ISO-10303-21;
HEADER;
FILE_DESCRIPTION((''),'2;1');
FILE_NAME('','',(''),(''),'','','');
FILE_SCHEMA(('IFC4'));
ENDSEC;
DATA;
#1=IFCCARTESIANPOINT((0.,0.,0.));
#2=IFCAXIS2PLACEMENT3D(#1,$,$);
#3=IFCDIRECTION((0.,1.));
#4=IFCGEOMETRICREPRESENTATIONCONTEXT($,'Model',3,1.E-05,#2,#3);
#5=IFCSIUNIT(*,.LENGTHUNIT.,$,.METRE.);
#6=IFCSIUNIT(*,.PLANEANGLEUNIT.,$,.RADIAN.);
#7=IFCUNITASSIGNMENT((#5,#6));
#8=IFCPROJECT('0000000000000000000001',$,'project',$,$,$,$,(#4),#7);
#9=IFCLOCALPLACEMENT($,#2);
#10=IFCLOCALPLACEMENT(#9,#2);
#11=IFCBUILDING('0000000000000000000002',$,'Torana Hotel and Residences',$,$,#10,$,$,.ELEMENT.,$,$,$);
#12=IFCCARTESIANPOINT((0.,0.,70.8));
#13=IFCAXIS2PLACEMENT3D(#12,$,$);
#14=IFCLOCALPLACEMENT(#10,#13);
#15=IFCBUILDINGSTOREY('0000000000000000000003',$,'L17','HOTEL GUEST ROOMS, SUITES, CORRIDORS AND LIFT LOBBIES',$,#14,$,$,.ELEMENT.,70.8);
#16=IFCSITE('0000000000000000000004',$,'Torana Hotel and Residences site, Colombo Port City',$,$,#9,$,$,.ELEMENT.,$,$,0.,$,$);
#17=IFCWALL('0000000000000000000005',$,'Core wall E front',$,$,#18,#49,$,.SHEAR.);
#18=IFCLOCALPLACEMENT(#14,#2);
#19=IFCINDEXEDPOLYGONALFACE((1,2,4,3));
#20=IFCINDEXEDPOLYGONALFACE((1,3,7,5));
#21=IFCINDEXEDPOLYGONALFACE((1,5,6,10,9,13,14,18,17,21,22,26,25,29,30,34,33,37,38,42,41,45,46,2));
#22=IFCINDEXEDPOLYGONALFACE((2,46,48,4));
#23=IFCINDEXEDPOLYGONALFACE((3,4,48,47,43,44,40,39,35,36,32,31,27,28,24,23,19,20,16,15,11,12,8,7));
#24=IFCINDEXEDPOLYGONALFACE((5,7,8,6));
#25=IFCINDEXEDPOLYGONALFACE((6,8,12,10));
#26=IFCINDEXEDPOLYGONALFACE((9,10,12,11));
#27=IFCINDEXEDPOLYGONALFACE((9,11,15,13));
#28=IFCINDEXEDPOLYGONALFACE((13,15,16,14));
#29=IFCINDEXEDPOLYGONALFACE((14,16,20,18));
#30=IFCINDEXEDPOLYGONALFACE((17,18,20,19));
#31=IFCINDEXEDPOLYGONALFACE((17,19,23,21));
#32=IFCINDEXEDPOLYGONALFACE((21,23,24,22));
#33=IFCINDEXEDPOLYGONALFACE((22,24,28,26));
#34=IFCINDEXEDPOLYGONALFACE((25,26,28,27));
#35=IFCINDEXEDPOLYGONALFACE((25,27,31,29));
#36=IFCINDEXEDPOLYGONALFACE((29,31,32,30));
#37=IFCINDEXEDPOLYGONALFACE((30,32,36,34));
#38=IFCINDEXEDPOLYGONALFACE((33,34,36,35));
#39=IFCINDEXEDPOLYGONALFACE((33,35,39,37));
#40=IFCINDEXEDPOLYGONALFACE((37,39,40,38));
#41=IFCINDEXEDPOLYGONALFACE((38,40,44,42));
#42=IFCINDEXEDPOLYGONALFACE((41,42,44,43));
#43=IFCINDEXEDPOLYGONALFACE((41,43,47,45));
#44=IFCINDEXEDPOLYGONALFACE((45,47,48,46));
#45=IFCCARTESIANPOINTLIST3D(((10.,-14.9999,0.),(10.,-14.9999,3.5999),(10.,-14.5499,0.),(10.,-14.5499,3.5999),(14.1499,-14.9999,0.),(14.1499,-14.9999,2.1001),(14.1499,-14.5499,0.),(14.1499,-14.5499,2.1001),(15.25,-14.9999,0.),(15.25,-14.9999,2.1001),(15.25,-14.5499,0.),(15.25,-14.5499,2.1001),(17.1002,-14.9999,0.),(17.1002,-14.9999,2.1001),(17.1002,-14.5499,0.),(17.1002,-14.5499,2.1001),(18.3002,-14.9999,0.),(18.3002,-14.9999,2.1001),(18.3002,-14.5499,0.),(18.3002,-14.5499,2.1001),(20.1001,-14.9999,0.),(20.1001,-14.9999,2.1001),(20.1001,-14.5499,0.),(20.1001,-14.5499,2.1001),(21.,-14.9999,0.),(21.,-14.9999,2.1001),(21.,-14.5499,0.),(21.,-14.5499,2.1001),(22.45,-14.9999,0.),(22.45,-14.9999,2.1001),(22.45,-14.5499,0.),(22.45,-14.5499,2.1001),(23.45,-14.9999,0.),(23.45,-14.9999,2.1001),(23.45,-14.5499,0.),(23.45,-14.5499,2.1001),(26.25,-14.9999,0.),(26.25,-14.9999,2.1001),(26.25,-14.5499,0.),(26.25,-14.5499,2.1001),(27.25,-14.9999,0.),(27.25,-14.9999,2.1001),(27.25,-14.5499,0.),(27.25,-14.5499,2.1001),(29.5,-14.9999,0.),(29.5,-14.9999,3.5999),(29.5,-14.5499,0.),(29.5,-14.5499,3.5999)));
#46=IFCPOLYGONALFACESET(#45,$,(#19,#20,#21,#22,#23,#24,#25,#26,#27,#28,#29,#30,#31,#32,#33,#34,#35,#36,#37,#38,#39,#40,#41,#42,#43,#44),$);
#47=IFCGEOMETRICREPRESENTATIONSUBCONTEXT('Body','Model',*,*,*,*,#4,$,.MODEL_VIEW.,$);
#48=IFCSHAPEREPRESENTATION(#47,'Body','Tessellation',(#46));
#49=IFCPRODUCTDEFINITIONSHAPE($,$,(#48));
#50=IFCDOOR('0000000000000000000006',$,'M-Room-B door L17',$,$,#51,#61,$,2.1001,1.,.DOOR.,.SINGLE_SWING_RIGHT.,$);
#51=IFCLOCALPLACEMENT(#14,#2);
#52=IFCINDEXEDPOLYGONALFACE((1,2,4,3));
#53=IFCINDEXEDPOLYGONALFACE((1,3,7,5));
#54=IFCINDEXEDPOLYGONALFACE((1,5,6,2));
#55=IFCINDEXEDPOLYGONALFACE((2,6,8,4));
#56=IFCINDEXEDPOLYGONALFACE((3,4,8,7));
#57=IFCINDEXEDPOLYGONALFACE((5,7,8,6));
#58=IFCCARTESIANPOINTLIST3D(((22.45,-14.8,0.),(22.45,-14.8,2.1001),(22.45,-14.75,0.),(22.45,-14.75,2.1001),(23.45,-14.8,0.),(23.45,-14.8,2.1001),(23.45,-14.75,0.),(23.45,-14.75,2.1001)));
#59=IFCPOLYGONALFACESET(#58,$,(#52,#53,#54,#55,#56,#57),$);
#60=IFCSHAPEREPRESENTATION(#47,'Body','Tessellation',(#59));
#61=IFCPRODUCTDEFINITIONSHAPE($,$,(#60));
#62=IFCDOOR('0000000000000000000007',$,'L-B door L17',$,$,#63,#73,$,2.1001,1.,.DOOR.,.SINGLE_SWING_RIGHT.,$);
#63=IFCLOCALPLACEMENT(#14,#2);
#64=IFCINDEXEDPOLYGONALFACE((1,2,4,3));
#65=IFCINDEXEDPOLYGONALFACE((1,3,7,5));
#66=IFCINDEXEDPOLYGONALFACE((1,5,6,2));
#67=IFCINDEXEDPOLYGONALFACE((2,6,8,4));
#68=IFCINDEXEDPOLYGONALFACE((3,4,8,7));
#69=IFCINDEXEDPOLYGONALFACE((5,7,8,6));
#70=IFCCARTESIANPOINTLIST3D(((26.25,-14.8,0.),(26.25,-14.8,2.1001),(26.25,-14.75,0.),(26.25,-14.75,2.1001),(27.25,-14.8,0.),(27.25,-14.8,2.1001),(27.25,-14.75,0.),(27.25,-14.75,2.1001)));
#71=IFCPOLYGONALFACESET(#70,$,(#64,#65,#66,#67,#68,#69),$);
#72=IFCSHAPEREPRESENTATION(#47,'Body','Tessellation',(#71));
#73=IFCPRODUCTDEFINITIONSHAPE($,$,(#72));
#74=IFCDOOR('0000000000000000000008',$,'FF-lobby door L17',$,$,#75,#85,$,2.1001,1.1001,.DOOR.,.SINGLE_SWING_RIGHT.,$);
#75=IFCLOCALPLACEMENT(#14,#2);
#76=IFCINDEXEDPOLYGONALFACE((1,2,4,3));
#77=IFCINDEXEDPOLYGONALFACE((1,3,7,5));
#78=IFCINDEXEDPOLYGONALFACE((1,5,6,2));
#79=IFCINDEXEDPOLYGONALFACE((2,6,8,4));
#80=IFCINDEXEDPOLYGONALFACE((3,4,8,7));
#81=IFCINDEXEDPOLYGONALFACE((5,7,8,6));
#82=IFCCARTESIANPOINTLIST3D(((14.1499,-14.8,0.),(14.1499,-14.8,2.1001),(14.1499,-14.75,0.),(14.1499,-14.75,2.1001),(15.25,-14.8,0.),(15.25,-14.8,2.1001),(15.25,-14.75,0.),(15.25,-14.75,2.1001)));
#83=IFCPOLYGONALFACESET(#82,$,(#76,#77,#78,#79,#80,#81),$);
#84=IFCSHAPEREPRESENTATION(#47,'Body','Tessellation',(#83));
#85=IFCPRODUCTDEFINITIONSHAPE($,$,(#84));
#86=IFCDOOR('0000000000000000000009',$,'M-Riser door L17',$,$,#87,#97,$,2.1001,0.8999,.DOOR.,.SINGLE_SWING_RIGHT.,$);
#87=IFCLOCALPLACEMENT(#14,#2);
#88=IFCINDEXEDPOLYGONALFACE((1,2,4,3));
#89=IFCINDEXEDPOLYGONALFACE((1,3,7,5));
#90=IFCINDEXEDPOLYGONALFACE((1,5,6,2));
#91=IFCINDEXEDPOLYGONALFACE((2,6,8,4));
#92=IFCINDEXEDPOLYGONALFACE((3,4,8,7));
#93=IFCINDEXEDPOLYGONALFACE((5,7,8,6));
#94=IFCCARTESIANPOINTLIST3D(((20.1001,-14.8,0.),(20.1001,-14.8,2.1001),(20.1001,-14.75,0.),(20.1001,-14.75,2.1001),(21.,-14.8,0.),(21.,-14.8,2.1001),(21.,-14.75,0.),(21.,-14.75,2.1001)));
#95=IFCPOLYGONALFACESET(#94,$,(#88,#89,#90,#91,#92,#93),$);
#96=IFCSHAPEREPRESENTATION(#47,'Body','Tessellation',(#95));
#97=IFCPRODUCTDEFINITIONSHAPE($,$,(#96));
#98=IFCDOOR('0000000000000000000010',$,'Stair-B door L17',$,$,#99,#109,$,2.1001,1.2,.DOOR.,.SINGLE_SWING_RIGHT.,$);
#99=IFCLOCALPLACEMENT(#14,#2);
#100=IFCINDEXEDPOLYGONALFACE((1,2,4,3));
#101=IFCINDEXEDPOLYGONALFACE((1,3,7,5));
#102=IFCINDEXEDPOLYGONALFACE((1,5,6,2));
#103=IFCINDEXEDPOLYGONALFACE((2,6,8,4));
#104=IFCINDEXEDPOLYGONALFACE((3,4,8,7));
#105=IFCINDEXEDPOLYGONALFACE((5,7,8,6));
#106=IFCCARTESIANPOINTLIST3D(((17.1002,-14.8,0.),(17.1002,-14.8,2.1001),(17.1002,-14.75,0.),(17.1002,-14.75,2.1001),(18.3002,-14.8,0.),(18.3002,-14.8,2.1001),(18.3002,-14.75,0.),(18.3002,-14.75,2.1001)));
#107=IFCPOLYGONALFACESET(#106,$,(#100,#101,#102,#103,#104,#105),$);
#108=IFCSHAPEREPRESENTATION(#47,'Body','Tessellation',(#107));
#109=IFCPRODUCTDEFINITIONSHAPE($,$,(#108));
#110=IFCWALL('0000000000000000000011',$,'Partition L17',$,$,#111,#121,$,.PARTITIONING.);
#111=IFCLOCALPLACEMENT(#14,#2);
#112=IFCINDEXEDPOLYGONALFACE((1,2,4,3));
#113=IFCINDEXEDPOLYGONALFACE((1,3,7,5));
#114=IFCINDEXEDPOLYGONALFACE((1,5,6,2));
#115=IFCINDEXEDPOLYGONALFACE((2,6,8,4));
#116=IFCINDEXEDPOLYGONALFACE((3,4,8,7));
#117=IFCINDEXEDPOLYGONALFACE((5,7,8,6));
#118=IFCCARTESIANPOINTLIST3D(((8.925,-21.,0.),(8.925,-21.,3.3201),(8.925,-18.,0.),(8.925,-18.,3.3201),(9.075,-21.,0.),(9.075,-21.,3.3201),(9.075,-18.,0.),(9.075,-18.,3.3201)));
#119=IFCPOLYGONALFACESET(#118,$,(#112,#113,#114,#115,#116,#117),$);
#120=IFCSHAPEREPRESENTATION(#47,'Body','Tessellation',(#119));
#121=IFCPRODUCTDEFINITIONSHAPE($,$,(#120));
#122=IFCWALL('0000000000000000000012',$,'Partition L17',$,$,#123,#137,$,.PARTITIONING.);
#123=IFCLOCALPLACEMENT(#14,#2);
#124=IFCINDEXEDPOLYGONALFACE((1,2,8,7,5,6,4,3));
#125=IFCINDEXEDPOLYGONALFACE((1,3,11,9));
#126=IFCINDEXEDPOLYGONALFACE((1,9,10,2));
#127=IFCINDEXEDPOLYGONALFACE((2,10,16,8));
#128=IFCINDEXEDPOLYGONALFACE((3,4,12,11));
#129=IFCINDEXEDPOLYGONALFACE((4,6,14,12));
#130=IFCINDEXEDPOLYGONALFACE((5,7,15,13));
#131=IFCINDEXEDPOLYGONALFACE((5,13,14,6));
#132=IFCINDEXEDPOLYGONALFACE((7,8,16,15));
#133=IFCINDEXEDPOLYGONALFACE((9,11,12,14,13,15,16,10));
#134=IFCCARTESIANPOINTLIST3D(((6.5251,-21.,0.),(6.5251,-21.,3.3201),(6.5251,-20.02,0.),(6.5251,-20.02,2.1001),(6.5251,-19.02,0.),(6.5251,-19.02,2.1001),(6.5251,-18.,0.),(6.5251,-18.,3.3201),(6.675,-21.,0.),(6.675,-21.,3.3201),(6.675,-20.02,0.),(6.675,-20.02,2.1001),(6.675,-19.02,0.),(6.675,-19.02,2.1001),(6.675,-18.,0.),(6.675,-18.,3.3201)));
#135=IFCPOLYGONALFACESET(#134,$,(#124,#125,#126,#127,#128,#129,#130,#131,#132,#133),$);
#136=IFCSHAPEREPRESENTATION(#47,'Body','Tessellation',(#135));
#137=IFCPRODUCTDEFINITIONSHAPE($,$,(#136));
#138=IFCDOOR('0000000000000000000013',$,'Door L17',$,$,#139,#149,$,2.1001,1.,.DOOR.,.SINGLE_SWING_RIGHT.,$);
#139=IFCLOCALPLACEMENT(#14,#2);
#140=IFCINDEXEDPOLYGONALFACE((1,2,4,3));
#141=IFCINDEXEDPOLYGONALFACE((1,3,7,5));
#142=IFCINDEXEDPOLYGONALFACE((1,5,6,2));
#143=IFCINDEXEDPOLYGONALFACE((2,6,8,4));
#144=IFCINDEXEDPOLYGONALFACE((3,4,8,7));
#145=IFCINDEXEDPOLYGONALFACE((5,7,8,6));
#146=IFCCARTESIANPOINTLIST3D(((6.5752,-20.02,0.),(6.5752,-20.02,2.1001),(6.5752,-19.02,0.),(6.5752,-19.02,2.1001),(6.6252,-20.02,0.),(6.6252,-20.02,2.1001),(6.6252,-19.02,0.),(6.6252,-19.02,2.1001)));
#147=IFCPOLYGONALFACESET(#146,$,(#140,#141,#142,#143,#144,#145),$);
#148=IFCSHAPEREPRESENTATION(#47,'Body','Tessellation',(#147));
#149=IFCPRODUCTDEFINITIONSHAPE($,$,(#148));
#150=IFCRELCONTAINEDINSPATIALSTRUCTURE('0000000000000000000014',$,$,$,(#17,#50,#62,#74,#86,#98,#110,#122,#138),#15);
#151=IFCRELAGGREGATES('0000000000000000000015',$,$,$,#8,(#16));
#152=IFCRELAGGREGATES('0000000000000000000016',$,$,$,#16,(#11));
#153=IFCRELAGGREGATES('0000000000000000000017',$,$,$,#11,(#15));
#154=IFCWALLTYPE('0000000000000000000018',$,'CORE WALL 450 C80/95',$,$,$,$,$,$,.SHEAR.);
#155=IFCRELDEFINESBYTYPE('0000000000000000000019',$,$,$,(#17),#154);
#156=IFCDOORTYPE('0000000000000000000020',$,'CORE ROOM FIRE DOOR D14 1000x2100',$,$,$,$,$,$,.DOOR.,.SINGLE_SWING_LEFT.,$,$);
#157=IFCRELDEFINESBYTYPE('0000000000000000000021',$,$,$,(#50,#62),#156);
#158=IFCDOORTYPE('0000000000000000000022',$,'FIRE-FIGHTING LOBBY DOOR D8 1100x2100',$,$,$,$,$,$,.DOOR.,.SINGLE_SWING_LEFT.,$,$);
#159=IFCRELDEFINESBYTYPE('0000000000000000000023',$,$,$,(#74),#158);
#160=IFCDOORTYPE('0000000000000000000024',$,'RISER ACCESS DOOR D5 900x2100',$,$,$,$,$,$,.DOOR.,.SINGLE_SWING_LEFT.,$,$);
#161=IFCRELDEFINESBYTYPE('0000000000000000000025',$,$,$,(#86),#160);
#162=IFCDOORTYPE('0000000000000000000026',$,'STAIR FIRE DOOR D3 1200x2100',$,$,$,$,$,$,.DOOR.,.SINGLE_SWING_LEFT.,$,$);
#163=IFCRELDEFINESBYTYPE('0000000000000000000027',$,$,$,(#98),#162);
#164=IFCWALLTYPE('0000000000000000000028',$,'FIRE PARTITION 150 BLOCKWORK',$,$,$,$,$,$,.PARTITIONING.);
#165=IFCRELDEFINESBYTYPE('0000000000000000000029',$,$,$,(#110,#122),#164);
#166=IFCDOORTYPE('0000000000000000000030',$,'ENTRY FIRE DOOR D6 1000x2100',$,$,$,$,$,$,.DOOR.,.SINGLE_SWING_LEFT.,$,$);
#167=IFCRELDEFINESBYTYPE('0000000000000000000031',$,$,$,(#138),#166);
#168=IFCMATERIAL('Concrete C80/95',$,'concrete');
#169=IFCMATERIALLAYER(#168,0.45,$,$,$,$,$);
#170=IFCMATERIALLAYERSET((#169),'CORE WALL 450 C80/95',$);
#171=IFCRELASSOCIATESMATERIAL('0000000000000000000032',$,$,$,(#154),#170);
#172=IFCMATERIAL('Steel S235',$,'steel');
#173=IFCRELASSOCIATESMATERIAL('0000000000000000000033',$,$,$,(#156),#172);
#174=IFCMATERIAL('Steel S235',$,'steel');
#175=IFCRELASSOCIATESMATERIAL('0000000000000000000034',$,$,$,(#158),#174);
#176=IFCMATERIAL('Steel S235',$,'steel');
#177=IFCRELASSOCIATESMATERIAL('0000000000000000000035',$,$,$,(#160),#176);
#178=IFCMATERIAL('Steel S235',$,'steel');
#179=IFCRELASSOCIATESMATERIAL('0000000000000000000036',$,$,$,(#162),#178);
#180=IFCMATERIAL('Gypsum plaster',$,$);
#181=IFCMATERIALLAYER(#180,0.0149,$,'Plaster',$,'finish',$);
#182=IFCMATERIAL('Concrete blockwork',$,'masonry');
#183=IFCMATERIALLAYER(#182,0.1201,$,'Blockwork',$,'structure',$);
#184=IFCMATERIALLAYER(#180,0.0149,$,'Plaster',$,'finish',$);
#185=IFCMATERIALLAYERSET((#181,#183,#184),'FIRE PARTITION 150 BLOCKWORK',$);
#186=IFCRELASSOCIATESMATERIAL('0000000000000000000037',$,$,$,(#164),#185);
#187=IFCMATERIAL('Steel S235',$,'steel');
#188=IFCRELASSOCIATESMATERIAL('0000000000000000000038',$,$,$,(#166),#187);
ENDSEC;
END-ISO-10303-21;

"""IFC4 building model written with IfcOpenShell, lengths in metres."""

from ifc_helpers import new_model, si_unit, direction, frame, frame_2d, origin, place, context, subcontext, project, spatial, rectangle, extrude, material, layer, layer_set, type_object, element, fill, save


model = new_model("IFC4")

# Units and contexts
model_context = context("Model", 3, precision=1e-05, world=origin(), true_north=direction((0.0, 1.0)))
body_context = subcontext(model_context, "Body", "Model", "MODEL_VIEW")
ifc_project = project(units=[si_unit("LENGTHUNIT", "METRE"), si_unit("PLANEANGLEUNIT", "RADIAN")], contexts=[model_context])

# Site, building, storey
site_placement = place(None, origin())
site = spatial("IfcSite", under=ifc_project, at=site_placement, Name="Torana Hotel and Residences site, Colombo Port City", CompositionType="ELEMENT", RefElevation=0.0)
building_placement = place(site_placement, origin())
building = spatial("IfcBuilding", under=site, at=building_placement, Name="Torana Hotel and Residences", CompositionType="ELEMENT")
storey_placement = place(building_placement, frame((0.0, 0.0, 70.8)))
storey = spatial("IfcBuildingStorey", under=building, at=storey_placement, Name="L17", Description="HOTEL GUEST ROOMS, SUITES, CORRIDORS AND LIFT LOBBIES", CompositionType="ELEMENT", Elevation=70.8)

# Wall, openings, doors
ifc_material_1 = material(Name="Concrete C80/95", Category="concrete")
ifc_layer_1 = layer(ifc_material_1, 0.45)
ifc_layer_set_1 = layer_set([ifc_layer_1], Name="CORE WALL 450 C80/95")
wall_type_1 = type_object("IfcWallType", Name="CORE WALL 450 C80/95", PredefinedType="SHEAR", material=ifc_layer_set_1)
wall_1_placement = place(storey_placement, frame((10.0, -14.7749, 0.0), z_axis=(0.0, 0.0, 1.0), x_axis=(1.0, 0.0, 0.0)))
wall_1 = element("IfcWall", 1, at=wall_1_placement, inside=storey, type_object=wall_type_1, Name="Core wall E front", PredefinedType="SHEAR", context=body_context, shape_type="SweptSolid", body=[
    extrude(rectangle(XDim=19.5, YDim=0.45, at=frame_2d((9.75, 0.0))), origin(), (0.0, 0.0, 1.0), 3.5999),
])
opening_1_placement = place(wall_1_placement, frame((7.1001, 0.0, 0.0)))
opening_1 = element("IfcOpeningElement", 2, at=opening_1_placement, cuts=wall_1, PredefinedType="OPENING", context=body_context, shape_type="SweptSolid", body=[
    extrude(rectangle(XDim=1.2, YDim=2.1001, at=frame_2d((0.6001, 1.05))), frame((0.0, 0.2349, 0.0), z_axis=(0.0, -1.0, 0.0), x_axis=(1.0, 0.0, 0.0)), (0.0, 0.0, 1.0), 0.47),
])
opening_2_placement = place(wall_1_placement, frame((4.1499, 0.0, 0.0)))
opening_2 = element("IfcOpeningElement", 3, at=opening_2_placement, cuts=wall_1, PredefinedType="OPENING", context=body_context, shape_type="SweptSolid", body=[
    extrude(rectangle(XDim=1.1001, YDim=2.1001, at=frame_2d((0.55, 1.05))), frame((0.0, 0.2349, 0.0), z_axis=(0.0, -1.0, 0.0), x_axis=(1.0, 0.0, 0.0)), (0.0, 0.0, 1.0), 0.47),
])
opening_3_placement = place(wall_1_placement, frame((10.1001, 0.0, 0.0)))
opening_3 = element("IfcOpeningElement", 4, at=opening_3_placement, cuts=wall_1, PredefinedType="OPENING", context=body_context, shape_type="SweptSolid", body=[
    extrude(rectangle(XDim=0.8999, YDim=2.1001, at=frame_2d((0.45, 1.05))), frame((0.0, 0.2349, 0.0), z_axis=(0.0, -1.0, 0.0), x_axis=(1.0, 0.0, 0.0)), (0.0, 0.0, 1.0), 0.47),
])
opening_4_placement = place(wall_1_placement, frame((12.45, 0.0, 0.0)))
opening_4 = element("IfcOpeningElement", 5, at=opening_4_placement, cuts=wall_1, PredefinedType="OPENING", context=body_context, shape_type="SweptSolid", body=[
    extrude(rectangle(XDim=1.0, YDim=2.1001, at=frame_2d((0.5, 1.05))), frame((0.0, 0.2349, 0.0), z_axis=(0.0, -1.0, 0.0), x_axis=(1.0, 0.0, 0.0)), (0.0, 0.0, 1.0), 0.47),
])
opening_5_placement = place(wall_1_placement, frame((16.25, 0.0, 0.0)))
opening_5 = element("IfcOpeningElement", 6, at=opening_5_placement, cuts=wall_1, PredefinedType="OPENING", context=body_context, shape_type="SweptSolid", body=[
    extrude(rectangle(XDim=1.0, YDim=2.1001, at=frame_2d((0.5, 1.05))), frame((0.0, 0.2349, 0.0), z_axis=(0.0, -1.0, 0.0), x_axis=(1.0, 0.0, 0.0)), (0.0, 0.0, 1.0), 0.47),
])
ifc_material_2 = material(Name="Steel S235", Category="steel")
door_type_1 = type_object("IfcDoorType", Name="CORE ROOM FIRE DOOR D14 1000x2100", OperationType="SINGLE_SWING_LEFT", PredefinedType="DOOR", material=ifc_material_2)
door_1_placement = place(opening_4_placement, origin())
door_1 = element("IfcDoor", 7, at=door_1_placement, inside=storey, type_object=door_type_1, Name="M-Room-B door L17", OperationType="SINGLE_SWING_RIGHT", OverallHeight=2.1001, OverallWidth=1.0, PredefinedType="DOOR", context=body_context, shape_type="SweptSolid", body=[
    extrude(rectangle(XDim=1.0, YDim=2.1001, at=frame_2d((0.5, 1.05))), frame((0.0, 0.0249, 0.0), z_axis=(0.0, -1.0, 0.0), x_axis=(1.0, 0.0, 0.0)), (0.0, 0.0, 1.0), 0.05),
])
fill(opening_4, door_1)
door_2_placement = place(opening_5_placement, origin())
door_2 = element("IfcDoor", 8, at=door_2_placement, inside=storey, type_object=door_type_1, Name="L-B door L17", OperationType="SINGLE_SWING_RIGHT", OverallHeight=2.1001, OverallWidth=1.0, PredefinedType="DOOR", context=body_context, shape_type="SweptSolid", body=[
    extrude(rectangle(XDim=1.0, YDim=2.1001, at=frame_2d((0.5, 1.05))), frame((0.0, 0.0249, 0.0), z_axis=(0.0, -1.0, 0.0), x_axis=(1.0, 0.0, 0.0)), (0.0, 0.0, 1.0), 0.05),
])
fill(opening_5, door_2)
ifc_material_3 = material(Name="Steel S235", Category="steel")
door_type_2 = type_object("IfcDoorType", Name="FIRE-FIGHTING LOBBY DOOR D8 1100x2100", OperationType="SINGLE_SWING_LEFT", PredefinedType="DOOR", material=ifc_material_3)
door_3_placement = place(opening_2_placement, origin())
door_3 = element("IfcDoor", 9, at=door_3_placement, inside=storey, type_object=door_type_2, Name="FF-lobby door L17", OperationType="SINGLE_SWING_RIGHT", OverallHeight=2.1001, OverallWidth=1.1001, PredefinedType="DOOR", context=body_context, shape_type="SweptSolid", body=[
    extrude(rectangle(XDim=1.1001, YDim=2.1001, at=frame_2d((0.55, 1.05))), frame((0.0, 0.0249, 0.0), z_axis=(0.0, -1.0, 0.0), x_axis=(1.0, 0.0, 0.0)), (0.0, 0.0, 1.0), 0.05),
])
fill(opening_2, door_3)
ifc_material_4 = material(Name="Steel S235", Category="steel")
door_type_3 = type_object("IfcDoorType", Name="RISER ACCESS DOOR D5 900x2100", OperationType="SINGLE_SWING_LEFT", PredefinedType="DOOR", material=ifc_material_4)
door_4_placement = place(opening_3_placement, origin())
door_4 = element("IfcDoor", 10, at=door_4_placement, inside=storey, type_object=door_type_3, Name="M-Riser door L17", OperationType="SINGLE_SWING_RIGHT", OverallHeight=2.1001, OverallWidth=0.8999, PredefinedType="DOOR", context=body_context, shape_type="SweptSolid", body=[
    extrude(rectangle(XDim=0.8999, YDim=2.1001, at=frame_2d((0.45, 1.05))), frame((0.0, 0.0249, 0.0), z_axis=(0.0, -1.0, 0.0), x_axis=(1.0, 0.0, 0.0)), (0.0, 0.0, 1.0), 0.05),
])
fill(opening_3, door_4)
ifc_material_5 = material(Name="Steel S235", Category="steel")
door_type_4 = type_object("IfcDoorType", Name="STAIR FIRE DOOR D3 1200x2100", OperationType="SINGLE_SWING_LEFT", PredefinedType="DOOR", material=ifc_material_5)
door_5_placement = place(opening_1_placement, origin())
door_5 = element("IfcDoor", 11, at=door_5_placement, inside=storey, type_object=door_type_4, Name="Stair-B door L17", OperationType="SINGLE_SWING_RIGHT", OverallHeight=2.1001, OverallWidth=1.2, PredefinedType="DOOR", context=body_context, shape_type="SweptSolid", body=[
    extrude(rectangle(XDim=1.2, YDim=2.1001, at=frame_2d((0.6001, 1.05))), frame((0.0, 0.0249, 0.0), z_axis=(0.0, -1.0, 0.0), x_axis=(1.0, 0.0, 0.0)), (0.0, 0.0, 1.0), 0.05),
])
fill(opening_1, door_5)

# Wall
ifc_material_6 = material(Name="Gypsum plaster")
ifc_layer_2 = layer(ifc_material_6, 0.0149, Name="Plaster", Category="finish")
ifc_material_7 = material(Name="Concrete blockwork", Category="masonry")
ifc_layer_3 = layer(ifc_material_7, 0.1201, Name="Blockwork", Category="structure")
ifc_layer_4 = layer(ifc_material_6, 0.0149, Name="Plaster", Category="finish")
ifc_layer_set_2 = layer_set([ifc_layer_2, ifc_layer_3, ifc_layer_4], Name="FIRE PARTITION 150 BLOCKWORK")
wall_type_2 = type_object("IfcWallType", Name="FIRE PARTITION 150 BLOCKWORK", PredefinedType="PARTITIONING", material=ifc_layer_set_2)
wall_2_placement = place(storey_placement, frame((9.0, -21.0, 0.0), z_axis=(0.0, 0.0, 1.0), x_axis=(0.0, 1.0, 0.0)))
element("IfcWall", 12, at=wall_2_placement, inside=storey, type_object=wall_type_2, Name="Partition L17", PredefinedType="PARTITIONING", context=body_context, shape_type="SweptSolid", body=[
    extrude(rectangle(XDim=3.0, YDim=0.1499, at=frame_2d((1.5, 0.0))), origin(), (0.0, 0.0, 1.0), 3.3201),
])

# Wall, opening, door
wall_3_placement = place(storey_placement, frame((6.6001, -21.0, 0.0), z_axis=(0.0, 0.0, 1.0), x_axis=(0.0, 1.0, 0.0)))
wall_3 = element("IfcWall", 13, at=wall_3_placement, inside=storey, type_object=wall_type_2, Name="Partition L17", PredefinedType="PARTITIONING", context=body_context, shape_type="SweptSolid", body=[
    extrude(rectangle(XDim=3.0, YDim=0.1499, at=frame_2d((1.5, 0.0))), origin(), (0.0, 0.0, 1.0), 3.3201),
])
opening_6_placement = place(wall_3_placement, frame((0.98, 0.0, 0.0)))
opening_6 = element("IfcOpeningElement", 14, at=opening_6_placement, cuts=wall_3, PredefinedType="OPENING", context=body_context, shape_type="SweptSolid", body=[
    extrude(rectangle(XDim=1.0, YDim=2.1001, at=frame_2d((0.5, 1.05))), frame((0.0, 0.085, 0.0), z_axis=(0.0, -1.0, 0.0), x_axis=(1.0, 0.0, 0.0)), (0.0, 0.0, 1.0), 0.1699),
])
ifc_material_8 = material(Name="Steel S235", Category="steel")
door_type_5 = type_object("IfcDoorType", Name="ENTRY FIRE DOOR D6 1000x2100", OperationType="SINGLE_SWING_LEFT", PredefinedType="DOOR", material=ifc_material_8)
door_6_placement = place(opening_6_placement, origin())
door_6 = element("IfcDoor", 15, at=door_6_placement, inside=storey, type_object=door_type_5, Name="Door L17", OperationType="SINGLE_SWING_RIGHT", OverallHeight=2.1001, OverallWidth=1.0, PredefinedType="DOOR", context=body_context, shape_type="SweptSolid", body=[
    extrude(rectangle(XDim=1.0, YDim=2.1001, at=frame_2d((0.5, 1.05))), frame((0.0, 0.0249, 0.0), z_axis=(0.0, -1.0, 0.0), x_axis=(1.0, 0.0, 0.0)), (0.0, 0.0, 1.0), 0.05),
])
fill(opening_6, door_6)

save(model, "model.ifc")
